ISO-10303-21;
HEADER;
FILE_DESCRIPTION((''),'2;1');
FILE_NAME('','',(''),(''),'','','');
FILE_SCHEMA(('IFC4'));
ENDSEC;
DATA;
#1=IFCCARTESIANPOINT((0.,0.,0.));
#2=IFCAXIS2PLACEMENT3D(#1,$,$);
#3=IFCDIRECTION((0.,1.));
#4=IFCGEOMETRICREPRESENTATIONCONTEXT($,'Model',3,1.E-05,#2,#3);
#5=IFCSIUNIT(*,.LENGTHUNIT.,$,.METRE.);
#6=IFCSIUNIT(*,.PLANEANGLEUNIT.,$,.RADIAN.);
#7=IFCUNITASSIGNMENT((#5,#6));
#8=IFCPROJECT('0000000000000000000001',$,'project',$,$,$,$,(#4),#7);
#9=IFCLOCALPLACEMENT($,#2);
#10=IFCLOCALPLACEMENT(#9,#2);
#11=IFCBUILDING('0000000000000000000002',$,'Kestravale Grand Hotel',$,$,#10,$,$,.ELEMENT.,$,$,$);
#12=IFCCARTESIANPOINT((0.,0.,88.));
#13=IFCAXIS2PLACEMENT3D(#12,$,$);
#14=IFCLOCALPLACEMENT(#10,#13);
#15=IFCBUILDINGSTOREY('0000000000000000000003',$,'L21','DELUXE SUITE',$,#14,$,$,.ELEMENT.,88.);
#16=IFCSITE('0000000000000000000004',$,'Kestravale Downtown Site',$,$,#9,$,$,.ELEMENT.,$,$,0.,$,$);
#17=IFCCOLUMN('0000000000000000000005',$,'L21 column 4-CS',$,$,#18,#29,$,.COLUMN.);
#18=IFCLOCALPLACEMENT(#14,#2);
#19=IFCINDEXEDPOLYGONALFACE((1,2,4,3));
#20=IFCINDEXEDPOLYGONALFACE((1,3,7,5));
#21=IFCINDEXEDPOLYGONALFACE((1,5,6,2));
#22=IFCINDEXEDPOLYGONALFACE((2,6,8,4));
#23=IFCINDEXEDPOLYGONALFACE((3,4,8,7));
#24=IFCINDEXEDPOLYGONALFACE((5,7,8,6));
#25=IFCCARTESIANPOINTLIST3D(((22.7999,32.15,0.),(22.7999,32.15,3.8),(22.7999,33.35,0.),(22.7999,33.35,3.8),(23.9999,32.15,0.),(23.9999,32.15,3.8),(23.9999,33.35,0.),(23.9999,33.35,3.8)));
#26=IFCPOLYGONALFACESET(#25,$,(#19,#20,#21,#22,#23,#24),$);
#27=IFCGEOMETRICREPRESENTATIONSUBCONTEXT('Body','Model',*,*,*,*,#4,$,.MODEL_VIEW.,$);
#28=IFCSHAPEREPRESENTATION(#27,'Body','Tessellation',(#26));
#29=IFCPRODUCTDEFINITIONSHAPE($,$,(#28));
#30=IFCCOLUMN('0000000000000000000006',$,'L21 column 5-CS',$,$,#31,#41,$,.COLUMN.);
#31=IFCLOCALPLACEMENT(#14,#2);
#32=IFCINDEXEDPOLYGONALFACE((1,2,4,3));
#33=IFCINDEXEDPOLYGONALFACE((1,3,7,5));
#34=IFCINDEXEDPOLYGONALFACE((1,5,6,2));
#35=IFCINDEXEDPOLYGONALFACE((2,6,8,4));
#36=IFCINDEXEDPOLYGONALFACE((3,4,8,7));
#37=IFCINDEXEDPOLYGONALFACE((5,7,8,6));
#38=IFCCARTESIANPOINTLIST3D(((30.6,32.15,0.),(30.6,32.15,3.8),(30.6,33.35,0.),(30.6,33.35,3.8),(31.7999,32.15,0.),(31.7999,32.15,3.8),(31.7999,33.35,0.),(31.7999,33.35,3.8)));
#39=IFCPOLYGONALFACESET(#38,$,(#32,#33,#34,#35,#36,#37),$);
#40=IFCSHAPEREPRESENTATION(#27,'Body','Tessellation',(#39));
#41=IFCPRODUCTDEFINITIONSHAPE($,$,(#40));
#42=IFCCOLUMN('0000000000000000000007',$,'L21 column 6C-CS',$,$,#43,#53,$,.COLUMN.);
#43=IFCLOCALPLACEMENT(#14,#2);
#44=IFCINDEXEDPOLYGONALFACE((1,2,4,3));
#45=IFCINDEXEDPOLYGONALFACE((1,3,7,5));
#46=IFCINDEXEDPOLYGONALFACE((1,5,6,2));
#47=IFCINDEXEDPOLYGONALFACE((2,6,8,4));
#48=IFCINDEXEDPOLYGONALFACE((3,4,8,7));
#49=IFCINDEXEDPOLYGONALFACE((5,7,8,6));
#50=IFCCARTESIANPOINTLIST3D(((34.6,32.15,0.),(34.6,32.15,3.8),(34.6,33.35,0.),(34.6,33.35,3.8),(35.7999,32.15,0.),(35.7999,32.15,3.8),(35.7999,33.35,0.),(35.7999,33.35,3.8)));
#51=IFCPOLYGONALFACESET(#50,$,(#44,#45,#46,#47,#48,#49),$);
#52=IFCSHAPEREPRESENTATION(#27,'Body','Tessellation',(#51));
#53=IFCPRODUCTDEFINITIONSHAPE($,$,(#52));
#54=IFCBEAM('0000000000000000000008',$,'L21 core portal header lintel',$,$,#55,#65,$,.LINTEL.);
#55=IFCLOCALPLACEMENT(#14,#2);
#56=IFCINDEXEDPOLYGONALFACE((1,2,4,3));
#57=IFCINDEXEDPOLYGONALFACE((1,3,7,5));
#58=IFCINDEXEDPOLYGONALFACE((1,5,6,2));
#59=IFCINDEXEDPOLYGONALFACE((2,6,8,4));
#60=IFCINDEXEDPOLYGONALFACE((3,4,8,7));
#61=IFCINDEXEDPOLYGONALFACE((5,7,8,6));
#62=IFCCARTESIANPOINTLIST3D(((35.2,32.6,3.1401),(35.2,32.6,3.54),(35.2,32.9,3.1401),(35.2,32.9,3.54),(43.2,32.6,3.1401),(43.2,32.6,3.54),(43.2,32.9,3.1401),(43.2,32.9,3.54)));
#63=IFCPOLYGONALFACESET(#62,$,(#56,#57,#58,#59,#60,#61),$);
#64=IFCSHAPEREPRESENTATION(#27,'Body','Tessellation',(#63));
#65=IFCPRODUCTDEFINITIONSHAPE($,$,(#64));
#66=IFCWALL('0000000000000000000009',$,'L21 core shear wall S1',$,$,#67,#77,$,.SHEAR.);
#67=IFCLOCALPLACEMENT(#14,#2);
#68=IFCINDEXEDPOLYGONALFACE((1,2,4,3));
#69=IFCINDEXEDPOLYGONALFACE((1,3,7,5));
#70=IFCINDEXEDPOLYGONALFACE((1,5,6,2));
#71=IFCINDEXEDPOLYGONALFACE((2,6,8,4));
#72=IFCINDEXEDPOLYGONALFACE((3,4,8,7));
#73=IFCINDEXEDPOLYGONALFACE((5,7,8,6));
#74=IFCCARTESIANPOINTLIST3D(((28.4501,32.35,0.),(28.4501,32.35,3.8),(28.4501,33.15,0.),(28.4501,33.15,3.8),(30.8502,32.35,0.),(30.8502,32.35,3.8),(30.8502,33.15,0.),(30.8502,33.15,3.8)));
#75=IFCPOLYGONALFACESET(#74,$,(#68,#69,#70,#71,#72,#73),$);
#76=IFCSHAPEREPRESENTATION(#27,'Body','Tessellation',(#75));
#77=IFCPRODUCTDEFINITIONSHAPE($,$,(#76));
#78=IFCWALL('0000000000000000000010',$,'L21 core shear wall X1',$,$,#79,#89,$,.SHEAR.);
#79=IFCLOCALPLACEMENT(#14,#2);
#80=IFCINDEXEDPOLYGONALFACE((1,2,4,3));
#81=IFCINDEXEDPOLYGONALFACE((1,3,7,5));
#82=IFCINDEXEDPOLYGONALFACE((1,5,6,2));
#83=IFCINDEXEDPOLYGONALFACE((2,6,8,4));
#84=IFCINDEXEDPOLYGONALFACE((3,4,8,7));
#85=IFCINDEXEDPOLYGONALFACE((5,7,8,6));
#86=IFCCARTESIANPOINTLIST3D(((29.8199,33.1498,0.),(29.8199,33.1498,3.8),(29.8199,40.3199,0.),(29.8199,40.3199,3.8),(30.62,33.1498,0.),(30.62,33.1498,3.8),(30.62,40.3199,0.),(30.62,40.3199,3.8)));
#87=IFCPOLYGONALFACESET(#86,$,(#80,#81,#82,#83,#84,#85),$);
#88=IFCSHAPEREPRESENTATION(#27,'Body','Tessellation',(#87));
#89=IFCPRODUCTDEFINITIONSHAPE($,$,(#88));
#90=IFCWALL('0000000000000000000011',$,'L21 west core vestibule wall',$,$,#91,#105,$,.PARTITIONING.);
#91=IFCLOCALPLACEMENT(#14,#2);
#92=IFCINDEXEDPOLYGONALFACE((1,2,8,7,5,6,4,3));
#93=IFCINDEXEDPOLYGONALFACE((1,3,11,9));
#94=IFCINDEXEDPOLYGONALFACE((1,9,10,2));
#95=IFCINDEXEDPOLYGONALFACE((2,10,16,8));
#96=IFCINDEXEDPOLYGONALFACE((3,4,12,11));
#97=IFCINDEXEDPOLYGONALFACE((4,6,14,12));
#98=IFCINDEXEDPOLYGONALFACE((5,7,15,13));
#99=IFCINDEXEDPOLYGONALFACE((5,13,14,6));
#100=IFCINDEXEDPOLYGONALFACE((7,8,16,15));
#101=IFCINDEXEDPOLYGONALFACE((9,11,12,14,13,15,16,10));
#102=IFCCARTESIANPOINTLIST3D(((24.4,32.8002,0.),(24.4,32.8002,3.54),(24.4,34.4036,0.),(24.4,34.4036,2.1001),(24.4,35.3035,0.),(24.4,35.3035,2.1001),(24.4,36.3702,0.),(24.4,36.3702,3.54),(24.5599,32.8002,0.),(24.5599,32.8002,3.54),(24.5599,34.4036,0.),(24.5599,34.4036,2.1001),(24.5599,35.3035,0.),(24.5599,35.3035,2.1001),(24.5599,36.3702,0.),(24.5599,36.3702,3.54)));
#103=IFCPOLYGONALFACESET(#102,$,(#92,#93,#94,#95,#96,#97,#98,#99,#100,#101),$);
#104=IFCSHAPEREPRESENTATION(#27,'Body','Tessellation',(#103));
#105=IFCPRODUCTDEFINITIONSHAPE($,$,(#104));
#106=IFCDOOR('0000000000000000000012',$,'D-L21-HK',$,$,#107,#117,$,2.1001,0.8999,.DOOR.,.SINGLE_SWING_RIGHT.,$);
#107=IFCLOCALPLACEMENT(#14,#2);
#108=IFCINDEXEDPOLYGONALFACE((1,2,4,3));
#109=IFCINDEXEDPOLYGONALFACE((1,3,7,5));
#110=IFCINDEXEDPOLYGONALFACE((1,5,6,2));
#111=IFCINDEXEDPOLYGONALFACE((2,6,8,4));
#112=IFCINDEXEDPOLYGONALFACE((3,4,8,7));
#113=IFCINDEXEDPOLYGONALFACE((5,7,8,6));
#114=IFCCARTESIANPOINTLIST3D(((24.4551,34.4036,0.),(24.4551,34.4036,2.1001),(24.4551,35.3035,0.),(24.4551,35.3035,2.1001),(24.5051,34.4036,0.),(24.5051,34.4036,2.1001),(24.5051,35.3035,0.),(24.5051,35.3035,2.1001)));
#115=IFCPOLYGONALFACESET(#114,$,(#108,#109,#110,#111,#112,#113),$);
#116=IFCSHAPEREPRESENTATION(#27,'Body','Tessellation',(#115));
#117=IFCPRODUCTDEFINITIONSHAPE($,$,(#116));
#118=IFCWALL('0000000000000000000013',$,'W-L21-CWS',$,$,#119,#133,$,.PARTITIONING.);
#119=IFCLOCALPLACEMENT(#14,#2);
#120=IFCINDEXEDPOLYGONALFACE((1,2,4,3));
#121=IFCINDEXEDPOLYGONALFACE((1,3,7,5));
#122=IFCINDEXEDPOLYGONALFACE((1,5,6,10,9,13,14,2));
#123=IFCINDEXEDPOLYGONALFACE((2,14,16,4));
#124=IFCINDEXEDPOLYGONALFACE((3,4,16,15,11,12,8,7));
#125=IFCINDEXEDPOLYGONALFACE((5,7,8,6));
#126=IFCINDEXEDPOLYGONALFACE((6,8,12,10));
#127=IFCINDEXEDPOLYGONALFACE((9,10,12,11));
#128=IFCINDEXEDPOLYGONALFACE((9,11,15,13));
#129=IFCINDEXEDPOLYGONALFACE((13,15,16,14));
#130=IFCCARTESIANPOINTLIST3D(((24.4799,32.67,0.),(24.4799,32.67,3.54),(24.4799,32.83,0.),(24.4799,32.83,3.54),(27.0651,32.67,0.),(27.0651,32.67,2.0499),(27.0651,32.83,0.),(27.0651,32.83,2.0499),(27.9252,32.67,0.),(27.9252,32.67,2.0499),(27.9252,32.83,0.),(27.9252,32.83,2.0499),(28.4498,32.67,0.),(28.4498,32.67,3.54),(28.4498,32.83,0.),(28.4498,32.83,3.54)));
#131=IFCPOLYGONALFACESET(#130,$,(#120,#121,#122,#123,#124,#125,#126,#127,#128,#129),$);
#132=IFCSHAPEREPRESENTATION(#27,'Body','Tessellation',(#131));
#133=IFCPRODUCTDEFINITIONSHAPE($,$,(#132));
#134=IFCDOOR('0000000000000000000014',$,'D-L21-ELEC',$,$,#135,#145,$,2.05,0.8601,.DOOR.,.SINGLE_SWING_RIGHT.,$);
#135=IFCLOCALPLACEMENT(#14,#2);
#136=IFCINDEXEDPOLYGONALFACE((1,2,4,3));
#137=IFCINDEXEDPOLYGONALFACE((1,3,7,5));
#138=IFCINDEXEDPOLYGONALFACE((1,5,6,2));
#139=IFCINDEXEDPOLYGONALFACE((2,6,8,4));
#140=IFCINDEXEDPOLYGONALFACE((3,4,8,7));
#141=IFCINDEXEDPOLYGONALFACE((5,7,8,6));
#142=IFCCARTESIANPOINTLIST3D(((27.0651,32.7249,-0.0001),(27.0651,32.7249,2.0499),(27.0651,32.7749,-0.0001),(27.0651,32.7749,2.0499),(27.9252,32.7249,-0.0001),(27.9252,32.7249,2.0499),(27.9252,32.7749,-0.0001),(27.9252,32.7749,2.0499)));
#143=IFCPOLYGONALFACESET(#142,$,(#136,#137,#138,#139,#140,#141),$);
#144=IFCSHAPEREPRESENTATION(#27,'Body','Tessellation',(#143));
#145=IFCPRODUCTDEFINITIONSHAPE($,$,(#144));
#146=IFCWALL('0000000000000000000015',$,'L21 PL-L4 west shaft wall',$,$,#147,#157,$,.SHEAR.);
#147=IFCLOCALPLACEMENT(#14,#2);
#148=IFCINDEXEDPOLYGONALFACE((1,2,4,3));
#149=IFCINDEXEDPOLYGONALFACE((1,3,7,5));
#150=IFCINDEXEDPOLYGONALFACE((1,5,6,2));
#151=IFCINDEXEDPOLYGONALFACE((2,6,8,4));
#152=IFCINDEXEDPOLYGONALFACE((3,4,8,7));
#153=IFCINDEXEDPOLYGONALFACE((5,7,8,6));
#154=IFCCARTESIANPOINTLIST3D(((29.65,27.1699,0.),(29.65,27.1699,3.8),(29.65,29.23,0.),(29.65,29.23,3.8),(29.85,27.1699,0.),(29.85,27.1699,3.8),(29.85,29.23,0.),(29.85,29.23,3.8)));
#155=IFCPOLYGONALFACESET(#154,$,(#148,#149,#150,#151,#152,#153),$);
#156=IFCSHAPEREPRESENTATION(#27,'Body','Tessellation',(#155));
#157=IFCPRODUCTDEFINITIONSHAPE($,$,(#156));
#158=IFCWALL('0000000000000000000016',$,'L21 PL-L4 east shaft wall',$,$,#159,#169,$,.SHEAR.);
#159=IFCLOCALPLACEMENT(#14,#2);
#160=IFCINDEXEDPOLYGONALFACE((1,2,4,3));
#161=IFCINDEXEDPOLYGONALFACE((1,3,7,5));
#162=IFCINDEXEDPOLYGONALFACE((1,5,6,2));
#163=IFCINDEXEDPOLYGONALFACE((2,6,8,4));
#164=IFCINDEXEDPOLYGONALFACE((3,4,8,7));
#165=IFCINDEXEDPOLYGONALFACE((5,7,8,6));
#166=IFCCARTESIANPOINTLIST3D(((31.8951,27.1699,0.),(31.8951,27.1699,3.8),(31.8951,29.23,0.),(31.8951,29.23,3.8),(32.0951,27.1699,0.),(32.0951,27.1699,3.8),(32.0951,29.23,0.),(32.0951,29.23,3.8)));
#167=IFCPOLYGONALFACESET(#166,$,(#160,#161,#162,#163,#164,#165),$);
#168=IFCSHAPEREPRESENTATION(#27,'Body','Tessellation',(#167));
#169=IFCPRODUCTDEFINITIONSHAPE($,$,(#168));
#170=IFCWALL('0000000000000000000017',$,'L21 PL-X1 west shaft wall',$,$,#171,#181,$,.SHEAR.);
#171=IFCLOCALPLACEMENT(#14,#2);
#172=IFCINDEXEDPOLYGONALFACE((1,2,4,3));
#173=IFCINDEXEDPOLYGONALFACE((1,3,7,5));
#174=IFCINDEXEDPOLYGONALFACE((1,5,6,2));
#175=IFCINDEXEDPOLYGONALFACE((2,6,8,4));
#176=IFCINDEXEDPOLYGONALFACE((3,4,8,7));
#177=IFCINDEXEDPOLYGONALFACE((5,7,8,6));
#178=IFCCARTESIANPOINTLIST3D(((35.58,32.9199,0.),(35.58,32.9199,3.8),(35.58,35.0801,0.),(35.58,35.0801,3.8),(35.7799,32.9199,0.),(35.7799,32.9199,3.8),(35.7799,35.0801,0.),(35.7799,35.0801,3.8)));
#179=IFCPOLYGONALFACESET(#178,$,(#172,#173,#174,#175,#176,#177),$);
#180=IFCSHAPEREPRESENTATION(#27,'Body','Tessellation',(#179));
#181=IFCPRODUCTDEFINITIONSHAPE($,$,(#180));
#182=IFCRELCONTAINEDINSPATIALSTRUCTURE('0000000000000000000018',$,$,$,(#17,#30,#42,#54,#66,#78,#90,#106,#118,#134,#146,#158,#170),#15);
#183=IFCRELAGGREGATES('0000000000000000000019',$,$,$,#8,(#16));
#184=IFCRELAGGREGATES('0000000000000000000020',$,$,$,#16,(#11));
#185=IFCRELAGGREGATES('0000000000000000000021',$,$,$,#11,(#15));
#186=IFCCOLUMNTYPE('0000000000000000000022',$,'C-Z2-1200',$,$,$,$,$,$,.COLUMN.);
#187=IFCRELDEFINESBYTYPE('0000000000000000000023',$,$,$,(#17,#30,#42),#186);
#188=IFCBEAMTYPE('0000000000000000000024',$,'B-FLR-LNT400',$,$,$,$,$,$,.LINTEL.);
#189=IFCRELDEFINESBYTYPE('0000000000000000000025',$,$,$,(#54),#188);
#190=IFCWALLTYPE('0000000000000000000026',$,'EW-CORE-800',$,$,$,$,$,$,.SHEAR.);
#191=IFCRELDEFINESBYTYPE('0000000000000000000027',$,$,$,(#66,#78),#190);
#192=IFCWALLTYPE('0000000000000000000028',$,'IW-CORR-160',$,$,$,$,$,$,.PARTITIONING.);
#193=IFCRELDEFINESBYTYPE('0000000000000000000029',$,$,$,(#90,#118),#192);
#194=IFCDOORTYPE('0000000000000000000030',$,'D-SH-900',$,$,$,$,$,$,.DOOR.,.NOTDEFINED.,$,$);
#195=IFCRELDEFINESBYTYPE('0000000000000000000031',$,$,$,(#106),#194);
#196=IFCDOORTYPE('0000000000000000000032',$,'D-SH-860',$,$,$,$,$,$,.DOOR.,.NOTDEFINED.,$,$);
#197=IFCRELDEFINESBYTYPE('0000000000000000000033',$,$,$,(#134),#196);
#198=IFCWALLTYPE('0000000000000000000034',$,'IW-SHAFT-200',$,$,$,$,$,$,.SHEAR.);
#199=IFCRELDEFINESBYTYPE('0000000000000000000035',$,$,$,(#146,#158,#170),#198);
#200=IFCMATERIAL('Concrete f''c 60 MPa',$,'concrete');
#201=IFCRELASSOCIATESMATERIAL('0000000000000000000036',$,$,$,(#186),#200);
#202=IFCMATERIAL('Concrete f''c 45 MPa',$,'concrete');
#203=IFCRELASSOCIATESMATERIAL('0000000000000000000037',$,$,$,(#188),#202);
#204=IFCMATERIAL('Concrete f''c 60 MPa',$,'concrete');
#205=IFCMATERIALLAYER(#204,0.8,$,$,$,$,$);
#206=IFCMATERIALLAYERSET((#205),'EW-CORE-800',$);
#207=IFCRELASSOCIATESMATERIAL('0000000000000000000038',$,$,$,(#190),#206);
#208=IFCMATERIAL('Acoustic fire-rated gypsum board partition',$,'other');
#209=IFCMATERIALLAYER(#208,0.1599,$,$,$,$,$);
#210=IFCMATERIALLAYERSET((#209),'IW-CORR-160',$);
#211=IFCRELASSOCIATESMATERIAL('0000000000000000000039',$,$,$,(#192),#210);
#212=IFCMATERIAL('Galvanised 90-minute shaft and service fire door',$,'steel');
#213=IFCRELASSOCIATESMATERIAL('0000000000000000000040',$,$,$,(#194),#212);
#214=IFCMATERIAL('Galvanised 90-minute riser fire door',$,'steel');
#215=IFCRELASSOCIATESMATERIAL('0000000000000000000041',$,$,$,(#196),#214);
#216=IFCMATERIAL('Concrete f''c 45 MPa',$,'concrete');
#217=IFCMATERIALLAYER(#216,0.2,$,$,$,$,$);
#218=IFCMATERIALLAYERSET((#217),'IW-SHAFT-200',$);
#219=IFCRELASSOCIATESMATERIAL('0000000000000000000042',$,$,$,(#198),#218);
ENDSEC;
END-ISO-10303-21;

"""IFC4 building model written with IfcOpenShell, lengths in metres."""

from ifc_helpers import new_model, si_unit, direction, frame, frame_2d, origin, origin_2d, place, context, subcontext, project, spatial, rectangle, extrude, material, layer, layer_set, material_profile, profile_set, type_object, element, fill, save


model = new_model("IFC4")

# Units and contexts
model_context = context("Model", 3, precision=1e-05, world=origin(), true_north=direction((0.0, 1.0)))
body_context = subcontext(model_context, "Body", "Model", "MODEL_VIEW")
ifc_project = project(units=[si_unit("LENGTHUNIT", "METRE"), si_unit("PLANEANGLEUNIT", "RADIAN")], contexts=[model_context])

# Site, building, storey
site_placement = place(None, origin())
site = spatial("IfcSite", under=ifc_project, at=site_placement, Name="Kestravale Downtown Site", CompositionType="ELEMENT", RefElevation=0.0)
building_placement = place(site_placement, origin())
building = spatial("IfcBuilding", under=site, at=building_placement, Name="Kestravale Grand Hotel", CompositionType="ELEMENT")
storey_placement = place(building_placement, frame((0.0, 0.0, 88.0)))
storey = spatial("IfcBuildingStorey", under=building, at=storey_placement, Name="L21", Description="DELUXE SUITE", CompositionType="ELEMENT", Elevation=88.0)

# Columns
ifc_material_1 = material(Name="Concrete f'c 60 MPa", Category="concrete")
ifc_material_profile_1 = material_profile(ifc_material_1, rectangle(XDim=1.2, YDim=1.2, at=origin_2d()))
ifc_profile_set_1 = profile_set([ifc_material_profile_1], Name="Concrete f'c 60 MPa")
column_type = type_object("IfcColumnType", Name="C-Z2-1200", PredefinedType="COLUMN", material=ifc_profile_set_1)
for number, where, z_axis, x_axis, name in (
    (1, (23.3999, 32.75, 0.0), (0.0, 0.0, 1.0), (1.0, 0.0, 0.0), "L21 column 4-CS"),
    (2, (31.2, 32.75, 0.0), (0.0, 0.0, 1.0), (1.0, 0.0, 0.0), "L21 column 5-CS"),
    (3, (35.2, 32.75, 0.0), (0.0, 0.0, 1.0), (1.0, 0.0, 0.0), "L21 column 6C-CS"),
):
    element("IfcColumn", number, at=place(storey_placement, frame(where, z_axis=z_axis, x_axis=x_axis)), inside=storey, type_object=column_type, Name=name, PredefinedType="COLUMN", context=body_context, shape_type="SweptSolid", body=[
        extrude(rectangle(XDim=1.2, YDim=1.2, at=origin_2d()), origin(), (0.0, 0.0, 1.0), 3.8),
    ])

# Beam
ifc_material_2 = material(Name="Concrete f'c 45 MPa", Category="concrete")
ifc_material_profile_2 = material_profile(ifc_material_2, rectangle(XDim=0.3, YDim=0.3999, at=origin_2d()))
ifc_profile_set_2 = profile_set([ifc_material_profile_2], Name="Concrete f'c 45 MPa")
beam_type = type_object("IfcBeamType", Name="B-FLR-LNT400", PredefinedType="LINTEL", material=ifc_profile_set_2)
beam_placement = place(storey_placement, frame((35.2, 32.75, 3.3401), z_axis=(1.0, 0.0, 0.0), x_axis=(0.0, 1.0, 0.0)))
element("IfcBeam", 4, at=beam_placement, inside=storey, type_object=beam_type, Name="L21 core portal header lintel", PredefinedType="LINTEL", context=body_context, shape_type="SweptSolid", body=[
    extrude(rectangle(XDim=0.3, YDim=0.3999, at=origin_2d()), origin(), (0.0, 0.0, 1.0), 8.0),
])

# Walls
ifc_material_3 = material(Name="Concrete f'c 60 MPa", Category="concrete")
ifc_layer_1 = layer(ifc_material_3, 0.8)
ifc_layer_set_1 = layer_set([ifc_layer_1], Name="EW-CORE-800")
wall_type_1 = type_object("IfcWallType", Name="EW-CORE-800", PredefinedType="SHEAR", material=ifc_layer_set_1)
wall_1_placement = place(storey_placement, frame((28.45, 32.75, 0.0), z_axis=(0.0, 0.0, 1.0), x_axis=(1.0, 0.0, 0.0)))
element("IfcWall", 5, at=wall_1_placement, inside=storey, type_object=wall_type_1, Name="L21 core shear wall S1", PredefinedType="SHEAR", context=body_context, shape_type="SweptSolid", body=[
    extrude(rectangle(XDim=2.4001, YDim=0.8, at=frame_2d((1.2002, 0.0))), origin(), (0.0, 0.0, 1.0), 3.8),
])
wall_2_placement = place(storey_placement, frame((30.22, 33.1499, 0.0), z_axis=(0.0, 0.0, 1.0), x_axis=(0.0, 1.0, 0.0)))
element("IfcWall", 6, at=wall_2_placement, inside=storey, type_object=wall_type_1, Name="L21 core shear wall X1", PredefinedType="SHEAR", context=body_context, shape_type="SweptSolid", body=[
    extrude(rectangle(XDim=7.1702, YDim=0.8, at=frame_2d((3.585, 0.0))), origin(), (0.0, 0.0, 1.0), 3.8),
])

# Walls, openings, doors
ifc_material_4 = material(Name="Acoustic fire-rated gypsum board partition", Category="other")
ifc_layer_2 = layer(ifc_material_4, 0.1599)
ifc_layer_set_2 = layer_set([ifc_layer_2], Name="IW-CORR-160")
wall_type_2 = type_object("IfcWallType", Name="IW-CORR-160", PredefinedType="PARTITIONING", material=ifc_layer_set_2)
wall_3_placement = place(storey_placement, frame((24.48, 32.8, 0.0), z_axis=(0.0, 0.0, 1.0), x_axis=(0.0, 1.0, 0.0)))
wall_3 = element("IfcWall", 7, at=wall_3_placement, inside=storey, type_object=wall_type_2, Name="L21 west core vestibule wall", PredefinedType="PARTITIONING", context=body_context, shape_type="SweptSolid", body=[
    extrude(rectangle(XDim=3.5701, YDim=0.1599, at=frame_2d((1.7852, 0.0))), origin(), (0.0, 0.0, 1.0), 3.54),
])
opening_1_placement = place(wall_3_placement, frame((1.6035, 0.0, 0.0)))
opening_1 = element("IfcOpeningElement", 8, at=opening_1_placement, cuts=wall_3, PredefinedType="OPENING", context=body_context, shape_type="SweptSolid", body=[
    extrude(rectangle(XDim=0.8999, YDim=2.1001, at=frame_2d((0.45, 1.05))), frame((0.0, 0.0898, 0.0), z_axis=(0.0, -1.0, 0.0), x_axis=(1.0, 0.0, 0.0)), (0.0, 0.0, 1.0), 0.1799),
])
ifc_material_5 = material(Name="Galvanised 90-minute shaft and service fire door", Category="steel")
door_type_1 = type_object("IfcDoorType", Name="D-SH-900", OperationType="NOTDEFINED", PredefinedType="DOOR", material=ifc_material_5)
door_1_placement = place(opening_1_placement, origin())
door_1 = element("IfcDoor", 9, at=door_1_placement, inside=storey, type_object=door_type_1, Name="D-L21-HK", OperationType="SINGLE_SWING_RIGHT", OverallHeight=2.1001, OverallWidth=0.8999, PredefinedType="DOOR", context=body_context, shape_type="SweptSolid", body=[
    extrude(rectangle(XDim=0.8999, YDim=2.1001, at=frame_2d((0.45, 1.05))), frame((0.0, 0.0249, 0.0), z_axis=(0.0, -1.0, 0.0), x_axis=(1.0, 0.0, 0.0)), (0.0, 0.0, 1.0), 0.05),
])
fill(opening_1, door_1)
wall_4_placement = place(storey_placement, frame((24.48, 32.75, 0.0), z_axis=(0.0, 0.0, 1.0), x_axis=(1.0, 0.0, 0.0)))
wall_4 = element("IfcWall", 10, at=wall_4_placement, inside=storey, type_object=wall_type_2, Name="W-L21-CWS", PredefinedType="PARTITIONING", context=body_context, shape_type="SweptSolid", body=[
    extrude(rectangle(XDim=3.97, YDim=0.1599, at=frame_2d((1.9849, 0.0))), origin(), (0.0, 0.0, 1.0), 3.54),
])
opening_2_placement = place(wall_4_placement, frame((2.585, 0.0, 0.0)))
opening_2 = element("IfcOpeningElement", 11, at=opening_2_placement, cuts=wall_4, PredefinedType="OPENING", context=body_context, shape_type="SweptSolid", body=[
    extrude(rectangle(XDim=0.8601, YDim=2.05, at=frame_2d((0.4302, 1.0249))), frame((0.0, 0.0898, 0.0), z_axis=(0.0, -1.0, 0.0), x_axis=(1.0, 0.0, 0.0)), (0.0, 0.0, 1.0), 0.1799),
])
ifc_material_6 = material(Name="Galvanised 90-minute riser fire door", Category="steel")
door_type_2 = type_object("IfcDoorType", Name="D-SH-860", OperationType="NOTDEFINED", PredefinedType="DOOR", material=ifc_material_6)
door_2_placement = place(opening_2_placement, origin())
door_2 = element("IfcDoor", 12, at=door_2_placement, inside=storey, type_object=door_type_2, Name="D-L21-ELEC", OperationType="SINGLE_SWING_RIGHT", OverallHeight=2.05, OverallWidth=0.8601, PredefinedType="DOOR", context=body_context, shape_type="SweptSolid", body=[
    extrude(rectangle(XDim=0.8601, YDim=2.05, at=frame_2d((0.4302, 1.0249))), frame((0.0, 0.0249, 0.0), z_axis=(0.0, -1.0, 0.0), x_axis=(1.0, 0.0, 0.0)), (0.0, 0.0, 1.0), 0.05),
])
fill(opening_2, door_2)

# Walls
ifc_material_7 = material(Name="Concrete f'c 45 MPa", Category="concrete")
ifc_layer_3 = layer(ifc_material_7, 0.2)
ifc_layer_set_3 = layer_set([ifc_layer_3], Name="IW-SHAFT-200")
wall_type_3 = type_object("IfcWallType", Name="IW-SHAFT-200", PredefinedType="SHEAR", material=ifc_layer_set_3)
for number, where, z_axis, x_axis, name in (
    (13, (29.75, 27.1699, 0.0), (0.0, 0.0, 1.0), (0.0, 1.0, 0.0), "L21 PL-L4 west shaft wall"),
    (14, (31.9951, 27.1699, 0.0), (0.0, 0.0, 1.0), (0.0, 1.0, 0.0), "L21 PL-L4 east shaft wall"),
):
    element("IfcWall", number, at=place(storey_placement, frame(where, z_axis=z_axis, x_axis=x_axis)), inside=storey, type_object=wall_type_3, Name=name, PredefinedType="SHEAR", context=body_context, shape_type="SweptSolid", body=[
        extrude(rectangle(XDim=2.0601, YDim=0.2, at=frame_2d((1.03, 0.0))), origin(), (0.0, 0.0, 1.0), 3.8),
    ])
wall_5_placement = place(storey_placement, frame((35.6799, 32.9199, 0.0), z_axis=(0.0, 0.0, 1.0), x_axis=(0.0, 1.0, 0.0)))
element("IfcWall", 15, at=wall_5_placement, inside=storey, type_object=wall_type_3, Name="L21 PL-X1 west shaft wall", PredefinedType="SHEAR", context=body_context, shape_type="SweptSolid", body=[
    extrude(rectangle(XDim=2.1602, YDim=0.2, at=frame_2d((1.0801, 0.0))), origin(), (0.0, 0.0, 1.0), 3.8),
])

save(model, "model.ifc")
